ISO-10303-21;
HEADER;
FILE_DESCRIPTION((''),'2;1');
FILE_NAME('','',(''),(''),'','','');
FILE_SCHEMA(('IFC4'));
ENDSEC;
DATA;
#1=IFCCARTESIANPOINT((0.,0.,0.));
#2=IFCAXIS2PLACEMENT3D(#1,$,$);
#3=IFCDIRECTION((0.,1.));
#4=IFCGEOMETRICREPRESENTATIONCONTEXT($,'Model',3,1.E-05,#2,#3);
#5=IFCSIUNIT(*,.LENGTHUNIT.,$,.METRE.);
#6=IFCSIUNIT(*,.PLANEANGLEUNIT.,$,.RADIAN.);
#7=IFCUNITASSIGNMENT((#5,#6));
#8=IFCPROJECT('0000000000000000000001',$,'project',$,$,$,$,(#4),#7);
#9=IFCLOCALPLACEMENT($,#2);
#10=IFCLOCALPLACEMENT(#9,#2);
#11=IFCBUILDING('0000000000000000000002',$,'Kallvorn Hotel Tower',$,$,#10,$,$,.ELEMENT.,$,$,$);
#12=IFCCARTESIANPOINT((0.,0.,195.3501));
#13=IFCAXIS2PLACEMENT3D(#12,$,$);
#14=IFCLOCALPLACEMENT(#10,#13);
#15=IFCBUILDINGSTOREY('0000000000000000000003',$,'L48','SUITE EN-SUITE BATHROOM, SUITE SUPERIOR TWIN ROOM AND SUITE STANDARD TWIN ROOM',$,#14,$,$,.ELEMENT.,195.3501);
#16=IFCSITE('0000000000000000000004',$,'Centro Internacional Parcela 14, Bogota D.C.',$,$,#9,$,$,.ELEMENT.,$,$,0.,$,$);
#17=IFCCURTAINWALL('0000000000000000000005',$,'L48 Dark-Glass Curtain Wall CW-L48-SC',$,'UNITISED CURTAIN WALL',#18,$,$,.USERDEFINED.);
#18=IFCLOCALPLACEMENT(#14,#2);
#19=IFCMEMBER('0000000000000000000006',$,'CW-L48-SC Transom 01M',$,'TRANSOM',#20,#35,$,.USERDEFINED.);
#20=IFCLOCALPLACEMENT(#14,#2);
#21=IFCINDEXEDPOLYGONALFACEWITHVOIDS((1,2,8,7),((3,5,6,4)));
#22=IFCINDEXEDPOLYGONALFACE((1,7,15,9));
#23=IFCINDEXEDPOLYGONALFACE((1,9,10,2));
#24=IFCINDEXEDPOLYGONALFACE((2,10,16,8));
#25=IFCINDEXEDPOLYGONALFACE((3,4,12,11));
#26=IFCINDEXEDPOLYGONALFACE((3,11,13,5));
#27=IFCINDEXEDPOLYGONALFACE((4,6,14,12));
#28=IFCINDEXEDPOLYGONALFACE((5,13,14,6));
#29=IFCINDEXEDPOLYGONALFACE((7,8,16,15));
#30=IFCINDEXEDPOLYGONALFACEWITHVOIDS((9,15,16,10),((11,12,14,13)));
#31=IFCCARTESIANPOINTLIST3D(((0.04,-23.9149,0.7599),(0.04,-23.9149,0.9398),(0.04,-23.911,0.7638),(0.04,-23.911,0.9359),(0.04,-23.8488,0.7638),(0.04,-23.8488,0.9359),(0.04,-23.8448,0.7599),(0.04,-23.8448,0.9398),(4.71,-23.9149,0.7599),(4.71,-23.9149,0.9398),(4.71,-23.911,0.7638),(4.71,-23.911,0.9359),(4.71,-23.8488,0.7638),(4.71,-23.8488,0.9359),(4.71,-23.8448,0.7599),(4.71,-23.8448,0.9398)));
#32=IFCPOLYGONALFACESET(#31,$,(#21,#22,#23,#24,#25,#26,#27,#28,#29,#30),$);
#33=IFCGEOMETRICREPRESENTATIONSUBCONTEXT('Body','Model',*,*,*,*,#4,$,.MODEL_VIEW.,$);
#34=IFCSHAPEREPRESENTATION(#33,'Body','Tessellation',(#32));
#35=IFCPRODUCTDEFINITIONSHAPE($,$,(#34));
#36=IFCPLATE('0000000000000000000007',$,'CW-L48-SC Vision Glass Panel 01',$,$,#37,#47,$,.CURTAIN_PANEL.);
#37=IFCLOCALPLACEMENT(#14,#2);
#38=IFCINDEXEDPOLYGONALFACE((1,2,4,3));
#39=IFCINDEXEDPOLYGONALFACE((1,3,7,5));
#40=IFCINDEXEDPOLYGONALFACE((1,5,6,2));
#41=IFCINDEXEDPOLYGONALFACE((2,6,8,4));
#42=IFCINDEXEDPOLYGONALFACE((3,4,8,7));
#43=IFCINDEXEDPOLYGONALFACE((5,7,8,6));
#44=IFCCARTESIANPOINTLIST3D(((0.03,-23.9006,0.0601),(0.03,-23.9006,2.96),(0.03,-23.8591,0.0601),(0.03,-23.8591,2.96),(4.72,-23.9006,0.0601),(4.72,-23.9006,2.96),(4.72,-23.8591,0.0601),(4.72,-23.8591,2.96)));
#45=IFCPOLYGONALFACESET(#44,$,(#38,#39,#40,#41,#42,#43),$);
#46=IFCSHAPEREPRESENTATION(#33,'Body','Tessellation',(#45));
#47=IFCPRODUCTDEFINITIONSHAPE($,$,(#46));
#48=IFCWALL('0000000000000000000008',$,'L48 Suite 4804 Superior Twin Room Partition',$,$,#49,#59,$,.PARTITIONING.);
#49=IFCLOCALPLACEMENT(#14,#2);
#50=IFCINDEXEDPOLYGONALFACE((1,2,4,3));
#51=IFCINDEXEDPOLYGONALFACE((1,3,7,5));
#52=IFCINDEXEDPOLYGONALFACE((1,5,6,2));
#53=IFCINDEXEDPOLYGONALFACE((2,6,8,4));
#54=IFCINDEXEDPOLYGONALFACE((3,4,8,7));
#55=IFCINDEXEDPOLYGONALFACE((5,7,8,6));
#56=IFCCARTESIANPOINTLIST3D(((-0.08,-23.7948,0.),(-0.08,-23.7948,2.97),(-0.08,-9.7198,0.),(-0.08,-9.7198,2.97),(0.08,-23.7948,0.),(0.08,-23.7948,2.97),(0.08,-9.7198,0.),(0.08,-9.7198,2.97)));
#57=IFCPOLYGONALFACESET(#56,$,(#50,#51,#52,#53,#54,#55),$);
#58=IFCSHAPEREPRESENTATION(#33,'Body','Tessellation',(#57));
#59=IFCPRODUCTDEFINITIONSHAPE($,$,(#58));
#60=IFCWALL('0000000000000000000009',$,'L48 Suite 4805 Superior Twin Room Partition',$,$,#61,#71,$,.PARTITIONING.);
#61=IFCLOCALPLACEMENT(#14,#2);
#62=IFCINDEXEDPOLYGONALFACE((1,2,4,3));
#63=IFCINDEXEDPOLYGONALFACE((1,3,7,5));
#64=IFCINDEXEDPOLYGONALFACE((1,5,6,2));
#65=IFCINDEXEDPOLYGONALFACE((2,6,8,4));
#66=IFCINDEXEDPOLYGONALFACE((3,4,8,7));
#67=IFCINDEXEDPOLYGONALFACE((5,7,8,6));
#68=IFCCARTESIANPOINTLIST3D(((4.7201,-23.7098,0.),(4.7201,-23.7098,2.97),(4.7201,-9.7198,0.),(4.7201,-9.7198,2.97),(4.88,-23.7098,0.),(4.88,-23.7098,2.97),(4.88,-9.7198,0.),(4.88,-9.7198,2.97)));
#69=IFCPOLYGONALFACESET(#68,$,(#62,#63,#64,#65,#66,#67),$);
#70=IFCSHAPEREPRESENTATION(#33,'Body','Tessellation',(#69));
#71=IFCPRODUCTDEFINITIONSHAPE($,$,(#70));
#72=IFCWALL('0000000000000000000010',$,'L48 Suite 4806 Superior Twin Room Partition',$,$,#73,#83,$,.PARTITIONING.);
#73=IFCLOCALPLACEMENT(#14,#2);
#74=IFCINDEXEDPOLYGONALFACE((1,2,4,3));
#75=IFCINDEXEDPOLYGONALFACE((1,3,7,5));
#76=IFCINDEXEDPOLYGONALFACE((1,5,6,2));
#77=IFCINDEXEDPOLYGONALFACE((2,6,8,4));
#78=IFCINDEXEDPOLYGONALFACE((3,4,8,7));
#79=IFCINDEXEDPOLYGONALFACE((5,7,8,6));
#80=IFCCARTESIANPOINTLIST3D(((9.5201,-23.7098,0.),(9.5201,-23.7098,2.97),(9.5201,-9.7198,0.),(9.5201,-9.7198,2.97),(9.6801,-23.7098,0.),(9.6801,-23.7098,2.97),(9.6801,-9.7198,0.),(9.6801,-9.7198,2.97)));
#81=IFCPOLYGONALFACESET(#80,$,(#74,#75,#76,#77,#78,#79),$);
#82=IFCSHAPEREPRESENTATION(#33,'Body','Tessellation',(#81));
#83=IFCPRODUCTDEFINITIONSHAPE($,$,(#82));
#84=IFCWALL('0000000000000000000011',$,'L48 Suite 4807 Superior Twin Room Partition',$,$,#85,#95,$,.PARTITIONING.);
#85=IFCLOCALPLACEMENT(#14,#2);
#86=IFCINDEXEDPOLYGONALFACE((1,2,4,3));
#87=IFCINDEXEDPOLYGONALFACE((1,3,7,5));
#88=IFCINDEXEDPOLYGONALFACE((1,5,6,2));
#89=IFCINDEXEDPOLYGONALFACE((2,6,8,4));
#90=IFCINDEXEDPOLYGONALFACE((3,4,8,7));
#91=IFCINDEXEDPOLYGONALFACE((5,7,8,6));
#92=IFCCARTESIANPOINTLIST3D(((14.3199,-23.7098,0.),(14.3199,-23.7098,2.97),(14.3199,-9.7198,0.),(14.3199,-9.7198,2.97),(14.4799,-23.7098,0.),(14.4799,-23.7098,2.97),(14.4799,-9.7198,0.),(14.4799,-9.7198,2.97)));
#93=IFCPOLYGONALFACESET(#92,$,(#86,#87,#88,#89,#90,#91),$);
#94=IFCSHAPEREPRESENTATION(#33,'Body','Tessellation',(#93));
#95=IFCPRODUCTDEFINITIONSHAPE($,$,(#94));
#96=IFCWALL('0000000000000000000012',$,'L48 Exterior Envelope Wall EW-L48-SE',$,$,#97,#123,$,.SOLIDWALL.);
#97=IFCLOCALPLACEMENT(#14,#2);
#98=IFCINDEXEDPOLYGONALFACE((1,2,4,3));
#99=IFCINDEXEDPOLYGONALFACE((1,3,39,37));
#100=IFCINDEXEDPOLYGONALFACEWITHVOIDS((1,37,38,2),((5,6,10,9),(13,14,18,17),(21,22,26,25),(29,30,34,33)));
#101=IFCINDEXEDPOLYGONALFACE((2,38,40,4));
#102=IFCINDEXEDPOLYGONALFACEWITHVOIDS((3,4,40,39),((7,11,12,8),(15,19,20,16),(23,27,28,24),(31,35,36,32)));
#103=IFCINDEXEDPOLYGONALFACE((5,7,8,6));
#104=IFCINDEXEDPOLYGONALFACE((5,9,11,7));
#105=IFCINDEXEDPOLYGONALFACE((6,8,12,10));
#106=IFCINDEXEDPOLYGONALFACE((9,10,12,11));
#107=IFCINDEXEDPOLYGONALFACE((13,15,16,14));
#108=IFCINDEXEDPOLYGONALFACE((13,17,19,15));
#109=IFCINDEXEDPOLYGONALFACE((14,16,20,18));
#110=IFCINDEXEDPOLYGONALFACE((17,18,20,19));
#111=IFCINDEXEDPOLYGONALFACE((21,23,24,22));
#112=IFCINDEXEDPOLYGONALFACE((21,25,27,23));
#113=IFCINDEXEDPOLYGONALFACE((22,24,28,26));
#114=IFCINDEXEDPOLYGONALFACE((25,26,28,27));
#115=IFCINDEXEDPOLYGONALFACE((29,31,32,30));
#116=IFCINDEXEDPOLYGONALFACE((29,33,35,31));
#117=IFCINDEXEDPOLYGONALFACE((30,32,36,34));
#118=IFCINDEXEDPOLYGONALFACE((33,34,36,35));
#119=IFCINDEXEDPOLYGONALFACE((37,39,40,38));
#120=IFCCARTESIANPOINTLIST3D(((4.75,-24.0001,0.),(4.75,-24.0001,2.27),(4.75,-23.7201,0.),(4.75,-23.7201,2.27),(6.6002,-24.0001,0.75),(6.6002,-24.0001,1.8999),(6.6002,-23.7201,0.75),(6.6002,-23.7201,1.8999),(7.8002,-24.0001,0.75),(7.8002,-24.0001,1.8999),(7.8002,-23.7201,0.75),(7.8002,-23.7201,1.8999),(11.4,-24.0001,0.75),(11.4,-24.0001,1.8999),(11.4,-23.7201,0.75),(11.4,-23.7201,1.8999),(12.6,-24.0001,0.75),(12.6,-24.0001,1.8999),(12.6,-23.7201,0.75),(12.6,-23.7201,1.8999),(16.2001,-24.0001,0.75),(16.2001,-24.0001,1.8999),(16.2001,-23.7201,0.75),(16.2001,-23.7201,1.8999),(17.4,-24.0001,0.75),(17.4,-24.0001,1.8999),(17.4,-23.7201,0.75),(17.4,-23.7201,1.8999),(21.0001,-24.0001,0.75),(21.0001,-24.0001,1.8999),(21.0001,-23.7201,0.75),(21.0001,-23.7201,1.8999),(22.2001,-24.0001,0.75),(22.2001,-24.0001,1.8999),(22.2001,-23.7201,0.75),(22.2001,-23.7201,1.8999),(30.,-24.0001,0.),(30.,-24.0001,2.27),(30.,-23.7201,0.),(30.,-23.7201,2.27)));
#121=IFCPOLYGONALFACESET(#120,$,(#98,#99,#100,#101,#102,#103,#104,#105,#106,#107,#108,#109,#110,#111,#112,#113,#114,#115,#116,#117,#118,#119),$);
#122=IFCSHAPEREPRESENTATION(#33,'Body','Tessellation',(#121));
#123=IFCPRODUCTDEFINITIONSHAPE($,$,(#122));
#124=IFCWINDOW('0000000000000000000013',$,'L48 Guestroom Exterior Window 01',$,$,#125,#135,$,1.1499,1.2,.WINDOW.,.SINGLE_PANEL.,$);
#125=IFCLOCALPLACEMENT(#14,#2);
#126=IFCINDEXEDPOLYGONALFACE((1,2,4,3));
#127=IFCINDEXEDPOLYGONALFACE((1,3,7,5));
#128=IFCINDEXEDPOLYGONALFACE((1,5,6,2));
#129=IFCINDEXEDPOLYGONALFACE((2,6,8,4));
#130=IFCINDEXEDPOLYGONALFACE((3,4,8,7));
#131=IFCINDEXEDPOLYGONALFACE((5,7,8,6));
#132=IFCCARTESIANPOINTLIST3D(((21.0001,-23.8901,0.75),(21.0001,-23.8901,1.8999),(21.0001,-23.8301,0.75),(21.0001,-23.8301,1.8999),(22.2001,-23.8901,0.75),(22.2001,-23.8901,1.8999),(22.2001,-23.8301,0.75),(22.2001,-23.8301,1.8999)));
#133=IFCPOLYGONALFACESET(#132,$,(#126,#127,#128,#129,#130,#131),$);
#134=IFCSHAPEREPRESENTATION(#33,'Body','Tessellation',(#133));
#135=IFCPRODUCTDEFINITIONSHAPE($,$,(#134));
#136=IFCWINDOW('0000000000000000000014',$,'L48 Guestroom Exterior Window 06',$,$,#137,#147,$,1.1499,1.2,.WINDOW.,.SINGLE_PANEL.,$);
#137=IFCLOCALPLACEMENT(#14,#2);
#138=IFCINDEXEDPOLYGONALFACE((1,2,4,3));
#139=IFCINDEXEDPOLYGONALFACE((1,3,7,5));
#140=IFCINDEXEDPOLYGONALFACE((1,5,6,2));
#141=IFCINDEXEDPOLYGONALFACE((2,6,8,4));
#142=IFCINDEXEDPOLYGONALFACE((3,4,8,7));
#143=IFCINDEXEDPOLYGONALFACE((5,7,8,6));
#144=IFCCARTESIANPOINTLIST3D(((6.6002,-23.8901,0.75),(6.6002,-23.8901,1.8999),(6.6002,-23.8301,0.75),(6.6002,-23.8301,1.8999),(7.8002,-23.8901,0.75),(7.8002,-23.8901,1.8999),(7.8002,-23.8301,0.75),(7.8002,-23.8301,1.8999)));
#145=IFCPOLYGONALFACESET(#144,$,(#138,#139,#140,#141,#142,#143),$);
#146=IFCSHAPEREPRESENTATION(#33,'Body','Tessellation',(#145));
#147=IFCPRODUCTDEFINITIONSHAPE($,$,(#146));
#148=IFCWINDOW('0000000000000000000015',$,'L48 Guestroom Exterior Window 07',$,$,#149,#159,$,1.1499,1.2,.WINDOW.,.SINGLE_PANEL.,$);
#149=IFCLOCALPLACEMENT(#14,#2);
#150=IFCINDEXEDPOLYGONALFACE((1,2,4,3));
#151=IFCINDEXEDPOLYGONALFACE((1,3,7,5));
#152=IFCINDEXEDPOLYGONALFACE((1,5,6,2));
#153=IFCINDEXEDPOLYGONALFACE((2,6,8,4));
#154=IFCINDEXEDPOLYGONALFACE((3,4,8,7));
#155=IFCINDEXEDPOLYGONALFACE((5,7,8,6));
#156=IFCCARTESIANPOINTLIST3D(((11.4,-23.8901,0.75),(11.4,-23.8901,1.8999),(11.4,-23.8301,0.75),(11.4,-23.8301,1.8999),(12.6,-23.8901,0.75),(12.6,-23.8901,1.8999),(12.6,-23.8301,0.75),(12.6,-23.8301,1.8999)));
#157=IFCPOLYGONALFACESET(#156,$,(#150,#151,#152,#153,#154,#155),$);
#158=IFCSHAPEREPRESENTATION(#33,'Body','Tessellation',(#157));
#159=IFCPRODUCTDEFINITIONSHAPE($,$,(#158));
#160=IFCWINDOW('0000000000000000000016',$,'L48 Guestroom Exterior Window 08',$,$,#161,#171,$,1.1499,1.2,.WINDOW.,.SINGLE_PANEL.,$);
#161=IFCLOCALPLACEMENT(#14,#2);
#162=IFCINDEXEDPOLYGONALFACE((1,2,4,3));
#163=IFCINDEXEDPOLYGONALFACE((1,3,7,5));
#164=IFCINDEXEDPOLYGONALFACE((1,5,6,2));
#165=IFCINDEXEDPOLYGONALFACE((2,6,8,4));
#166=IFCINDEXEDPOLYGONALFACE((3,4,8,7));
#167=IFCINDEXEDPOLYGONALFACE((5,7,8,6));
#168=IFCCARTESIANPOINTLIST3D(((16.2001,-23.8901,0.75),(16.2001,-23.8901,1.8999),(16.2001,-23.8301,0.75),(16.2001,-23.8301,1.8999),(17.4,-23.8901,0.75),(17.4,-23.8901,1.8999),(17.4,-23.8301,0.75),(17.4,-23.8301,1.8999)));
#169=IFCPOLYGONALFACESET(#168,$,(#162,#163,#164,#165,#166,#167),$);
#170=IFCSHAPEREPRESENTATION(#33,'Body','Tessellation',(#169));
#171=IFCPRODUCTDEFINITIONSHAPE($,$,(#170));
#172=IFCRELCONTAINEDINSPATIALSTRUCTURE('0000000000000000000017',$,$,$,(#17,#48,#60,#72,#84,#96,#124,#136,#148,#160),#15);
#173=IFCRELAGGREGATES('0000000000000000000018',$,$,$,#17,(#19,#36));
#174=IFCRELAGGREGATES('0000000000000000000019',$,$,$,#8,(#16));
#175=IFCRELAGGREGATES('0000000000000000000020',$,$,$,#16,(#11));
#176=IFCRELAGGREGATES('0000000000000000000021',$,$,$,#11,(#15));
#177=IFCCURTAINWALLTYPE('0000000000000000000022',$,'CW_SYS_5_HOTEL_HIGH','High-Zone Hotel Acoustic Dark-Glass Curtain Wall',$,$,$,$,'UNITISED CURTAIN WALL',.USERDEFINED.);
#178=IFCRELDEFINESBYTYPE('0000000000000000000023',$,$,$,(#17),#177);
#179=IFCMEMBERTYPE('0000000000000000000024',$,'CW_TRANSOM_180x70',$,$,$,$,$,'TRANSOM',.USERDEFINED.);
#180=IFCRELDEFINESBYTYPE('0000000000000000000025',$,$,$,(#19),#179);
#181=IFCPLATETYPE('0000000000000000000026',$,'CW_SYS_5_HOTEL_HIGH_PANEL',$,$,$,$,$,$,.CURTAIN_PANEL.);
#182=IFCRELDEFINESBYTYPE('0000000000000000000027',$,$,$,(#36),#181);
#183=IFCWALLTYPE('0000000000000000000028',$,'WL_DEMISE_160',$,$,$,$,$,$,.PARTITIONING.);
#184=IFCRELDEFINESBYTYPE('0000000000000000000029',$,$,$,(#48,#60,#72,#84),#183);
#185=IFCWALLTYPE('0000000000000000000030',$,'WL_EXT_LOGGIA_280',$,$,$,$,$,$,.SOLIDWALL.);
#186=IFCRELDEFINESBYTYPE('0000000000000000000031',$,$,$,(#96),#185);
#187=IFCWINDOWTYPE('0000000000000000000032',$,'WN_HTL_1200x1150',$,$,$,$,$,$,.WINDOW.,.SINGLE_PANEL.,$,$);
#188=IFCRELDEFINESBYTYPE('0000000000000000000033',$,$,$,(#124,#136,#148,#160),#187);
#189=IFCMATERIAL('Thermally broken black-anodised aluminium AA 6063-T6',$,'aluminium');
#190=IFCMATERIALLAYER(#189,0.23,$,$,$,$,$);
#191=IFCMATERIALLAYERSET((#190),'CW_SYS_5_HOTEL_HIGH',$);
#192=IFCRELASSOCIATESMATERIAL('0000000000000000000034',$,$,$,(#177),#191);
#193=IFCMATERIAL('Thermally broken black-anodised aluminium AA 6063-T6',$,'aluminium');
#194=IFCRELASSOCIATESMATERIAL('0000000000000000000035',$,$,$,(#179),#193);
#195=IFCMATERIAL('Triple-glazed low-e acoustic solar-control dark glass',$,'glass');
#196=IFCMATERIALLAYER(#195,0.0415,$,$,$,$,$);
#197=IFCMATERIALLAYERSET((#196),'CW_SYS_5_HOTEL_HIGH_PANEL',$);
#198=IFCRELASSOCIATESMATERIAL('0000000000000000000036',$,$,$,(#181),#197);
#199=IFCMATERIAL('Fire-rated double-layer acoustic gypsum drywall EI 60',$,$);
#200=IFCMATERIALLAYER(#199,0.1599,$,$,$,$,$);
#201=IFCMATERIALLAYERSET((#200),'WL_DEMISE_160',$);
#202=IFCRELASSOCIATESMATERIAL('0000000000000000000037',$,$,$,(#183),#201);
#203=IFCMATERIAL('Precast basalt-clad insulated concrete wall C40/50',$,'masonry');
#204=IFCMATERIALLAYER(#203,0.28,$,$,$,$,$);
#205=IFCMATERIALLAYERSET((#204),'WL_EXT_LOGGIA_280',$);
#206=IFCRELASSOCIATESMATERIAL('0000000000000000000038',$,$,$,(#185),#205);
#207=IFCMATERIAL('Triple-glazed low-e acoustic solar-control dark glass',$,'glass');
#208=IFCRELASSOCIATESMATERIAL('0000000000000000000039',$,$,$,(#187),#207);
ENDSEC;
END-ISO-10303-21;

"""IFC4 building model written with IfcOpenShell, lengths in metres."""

from ifc_helpers import new_model, si_unit, direction, frame, frame_2d, origin, origin_2d, place, context, subcontext, project, spatial, rectangle, hollow_rectangle, extrude, material, layer, layer_set, material_profile, profile_set, type_object, element, fill, aggregate, save


model = new_model("IFC4")

# Units and contexts
model_context = context("Model", 3, precision=1e-05, world=origin(), true_north=direction((0.0, 1.0)))
body_context = subcontext(model_context, "Body", "Model", "MODEL_VIEW")
ifc_project = project(units=[si_unit("LENGTHUNIT", "METRE"), si_unit("PLANEANGLEUNIT", "RADIAN")], contexts=[model_context])

# Site, building, storey
site_placement = place(None, origin())
site = spatial("IfcSite", under=ifc_project, at=site_placement, Name="Centro Internacional Parcela 14, Bogota D.C.", CompositionType="ELEMENT", RefElevation=0.0)
building_placement = place(site_placement, origin())
building = spatial("IfcBuilding", under=site, at=building_placement, Name="Kallvorn Hotel Tower", CompositionType="ELEMENT")
storey_placement = place(building_placement, frame((0.0, 0.0, 195.3501)))
storey = spatial("IfcBuildingStorey", under=building, at=storey_placement, Name="L48", Description="SUITE EN-SUITE BATHROOM, SUITE SUPERIOR TWIN ROOM AND SUITE STANDARD TWIN ROOM", CompositionType="ELEMENT", Elevation=195.3501)

# Curtain wall, member, plate
ifc_material_1 = material(Name="Thermally broken black-anodised aluminium AA 6063-T6", Category="aluminium")
ifc_layer_1 = layer(ifc_material_1, 0.23)
ifc_layer_set_1 = layer_set([ifc_layer_1], Name="CW_SYS_5_HOTEL_HIGH")
curtain_wall_type = type_object("IfcCurtainWallType", Name="CW_SYS_5_HOTEL_HIGH", Description="High-Zone Hotel Acoustic Dark-Glass Curtain Wall", ElementType="UNITISED CURTAIN WALL", PredefinedType="USERDEFINED", material=ifc_layer_set_1)
curtain_wall_placement = place(storey_placement, origin())
curtain_wall = element("IfcCurtainWall", 1, at=curtain_wall_placement, inside=storey, type_object=curtain_wall_type, Name="L48 Dark-Glass Curtain Wall CW-L48-SC", ObjectType="UNITISED CURTAIN WALL", PredefinedType="USERDEFINED")
ifc_material_2 = material(Name="Thermally broken black-anodised aluminium AA 6063-T6", Category="aluminium")
ifc_material_profile_1 = material_profile(ifc_material_2, hollow_rectangle(XDim=0.0701, YDim=0.1799, WallThickness=0.0039, at=origin_2d()), Name="TRN 180x70")
ifc_profile_set_1 = profile_set([ifc_material_profile_1], Name="Thermally broken black-anodised aluminium AA 6063-T6")
member_type_1 = type_object("IfcMemberType", Name="CW_TRANSOM_180x70", ElementType="TRANSOM", PredefinedType="USERDEFINED", material=ifc_profile_set_1)
member_1_placement = place(storey_placement, frame((0.04, -23.8799, 0.8499), z_axis=(1.0, 0.0, 0.0), x_axis=(0.0, 1.0, 0.0)))
member_1 = element("IfcMember", 2, at=member_1_placement, type_object=member_type_1, Name="CW-L48-SC Transom 01M", ObjectType="TRANSOM", PredefinedType="USERDEFINED", context=body_context, shape_type="SweptSolid", body=[
    extrude(hollow_rectangle(XDim=0.0701, YDim=0.1799, WallThickness=0.0039, at=origin_2d()), origin(), (0.0, 0.0, 1.0), 4.6699),
])
ifc_material_3 = material(Name="Triple-glazed low-e acoustic solar-control dark glass", Category="glass")
ifc_layer_2 = layer(ifc_material_3, 0.0415)
ifc_layer_set_2 = layer_set([ifc_layer_2], Name="CW_SYS_5_HOTEL_HIGH_PANEL")
plate_type = type_object("IfcPlateType", Name="CW_SYS_5_HOTEL_HIGH_PANEL", PredefinedType="CURTAIN_PANEL", material=ifc_layer_set_2)
plate_placement = place(storey_placement, frame((2.375, -23.8799, 0.0601), z_axis=(0.0, 0.0, 1.0), x_axis=(1.0, 0.0, 0.0)))
plate = element("IfcPlate", 3, at=plate_placement, type_object=plate_type, Name="CW-L48-SC Vision Glass Panel 01", PredefinedType="CURTAIN_PANEL", context=body_context, shape_type="SweptSolid", body=[
    extrude(rectangle(XDim=4.6899, YDim=0.0415, at=origin_2d()), origin(), (0.0, 0.0, 1.0), 2.8999),
])
aggregate(curtain_wall, [member_1, plate])

# Walls
ifc_material_4 = material(Name="Fire-rated double-layer acoustic gypsum drywall EI 60")
ifc_layer_3 = layer(ifc_material_4, 0.1599)
ifc_layer_set_3 = layer_set([ifc_layer_3], Name="WL_DEMISE_160")
wall_type_1 = type_object("IfcWallType", Name="WL_DEMISE_160", PredefinedType="PARTITIONING", material=ifc_layer_set_3)
wall_1_placement = place(storey_placement, frame((0.0, -23.7949, 0.0), z_axis=(0.0, 0.0, 1.0), x_axis=(0.0, 1.0, 0.0)))
element("IfcWall", 4, at=wall_1_placement, inside=storey, type_object=wall_type_1, Name="L48 Suite 4804 Superior Twin Room Partition", PredefinedType="PARTITIONING", context=body_context, shape_type="SweptSolid", body=[
    extrude(rectangle(XDim=14.075, YDim=0.1599, at=frame_2d((7.0376, 0.0))), origin(), (0.0, 0.0, 1.0), 2.97),
])
for number, where, z_axis, x_axis, name in (
    (5, (4.8, -23.71, 0.0), (0.0, 0.0, 1.0), (0.0, 1.0, 0.0), "L48 Suite 4805 Superior Twin Room Partition"),
    (6, (9.6001, -23.71, 0.0), (0.0, 0.0, 1.0), (0.0, 1.0, 0.0), "L48 Suite 4806 Superior Twin Room Partition"),
    (7, (14.3999, -23.71, 0.0), (0.0, 0.0, 1.0), (0.0, 1.0, 0.0), "L48 Suite 4807 Superior Twin Room Partition"),
):
    element("IfcWall", number, at=place(storey_placement, frame(where, z_axis=z_axis, x_axis=x_axis)), inside=storey, type_object=wall_type_1, Name=name, PredefinedType="PARTITIONING", context=body_context, shape_type="SweptSolid", body=[
        extrude(rectangle(XDim=13.99, YDim=0.1599, at=frame_2d((6.9951, 0.0))), origin(), (0.0, 0.0, 1.0), 2.97),
    ])

# Wall, openings, windows
ifc_material_5 = material(Name="Precast basalt-clad insulated concrete wall C40/50", Category="masonry")
ifc_layer_4 = layer(ifc_material_5, 0.28)
ifc_layer_set_4 = layer_set([ifc_layer_4], Name="WL_EXT_LOGGIA_280")
wall_type_2 = type_object("IfcWallType", Name="WL_EXT_LOGGIA_280", PredefinedType="SOLIDWALL", material=ifc_layer_set_4)
wall_2_placement = place(storey_placement, frame((4.75, -23.8601, 0.0), z_axis=(0.0, 0.0, 1.0), x_axis=(1.0, 0.0, 0.0)))
wall_2 = element("IfcWall", 8, at=wall_2_placement, inside=storey, type_object=wall_type_2, Name="L48 Exterior Envelope Wall EW-L48-SE", PredefinedType="SOLIDWALL", context=body_context, shape_type="SweptSolid", body=[
    extrude(rectangle(XDim=25.25, YDim=0.28, at=frame_2d((12.625, 0.0))), origin(), (0.0, 0.0, 1.0), 2.27),
])
opening_1_placement = place(wall_2_placement, frame((16.25, 0.0, 0.75)))
opening_1 = element("IfcOpeningElement", 9, at=opening_1_placement, cuts=wall_2, PredefinedType="OPENING", context=body_context, shape_type="SweptSolid", body=[
    extrude(rectangle(XDim=1.2, YDim=1.1499, at=frame_2d((0.6001, 0.575))), frame((0.0, 0.155, 0.0), z_axis=(0.0, -1.0, 0.0), x_axis=(1.0, 0.0, 0.0)), (0.0, 0.0, 1.0), 0.3101),
])
opening_2_placement = place(wall_2_placement, frame((1.8501, 0.0, 0.75)))
opening_2 = element("IfcOpeningElement", 10, at=opening_2_placement, cuts=wall_2, PredefinedType="OPENING", context=body_context, shape_type="SweptSolid", body=[
    extrude(rectangle(XDim=1.2, YDim=1.1499, at=frame_2d((0.6001, 0.575))), frame((0.0, 0.155, 0.0), z_axis=(0.0, -1.0, 0.0), x_axis=(1.0, 0.0, 0.0)), (0.0, 0.0, 1.0), 0.3101),
])
opening_3_placement = place(wall_2_placement, frame((6.6499, 0.0, 0.75)))
opening_3 = element("IfcOpeningElement", 11, at=opening_3_placement, cuts=wall_2, PredefinedType="OPENING", context=body_context, shape_type="SweptSolid", body=[
    extrude(rectangle(XDim=1.2, YDim=1.1499, at=frame_2d((0.6001, 0.575))), frame((0.0, 0.155, 0.0), z_axis=(0.0, -1.0, 0.0), x_axis=(1.0, 0.0, 0.0)), (0.0, 0.0, 1.0), 0.3101),
])
opening_4_placement = place(wall_2_placement, frame((11.45, 0.0, 0.75)))
opening_4 = element("IfcOpeningElement", 12, at=opening_4_placement, cuts=wall_2, PredefinedType="OPENING", context=body_context, shape_type="SweptSolid", body=[
    extrude(rectangle(XDim=1.2, YDim=1.1499, at=frame_2d((0.6001, 0.575))), frame((0.0, 0.155, 0.0), z_axis=(0.0, -1.0, 0.0), x_axis=(1.0, 0.0, 0.0)), (0.0, 0.0, 1.0), 0.3101),
])
ifc_material_6 = material(Name="Triple-glazed low-e acoustic solar-control dark glass", Category="glass")
window_type = type_object("IfcWindowType", Name="WN_HTL_1200x1150", PartitioningType="SINGLE_PANEL", PredefinedType="WINDOW", material=ifc_material_6)
window_1_placement = place(opening_1_placement, origin())
window_1 = element("IfcWindow", 13, at=window_1_placement, inside=storey, type_object=window_type, Name="L48 Guestroom Exterior Window 01", OverallHeight=1.1499, OverallWidth=1.2, PartitioningType="SINGLE_PANEL", PredefinedType="WINDOW", context=body_context, shape_type="SweptSolid", body=[
    extrude(rectangle(XDim=1.2, YDim=1.1499, at=frame_2d((0.6001, 0.575))), frame((0.0, 0.03, 0.0), z_axis=(0.0, -1.0, 0.0), x_axis=(1.0, 0.0, 0.0)), (0.0, 0.0, 1.0), 0.0601),
])
fill(opening_1, window_1)
window_2_placement = place(opening_2_placement, origin())
window_2 = element("IfcWindow", 14, at=window_2_placement, inside=storey, type_object=window_type, Name="L48 Guestroom Exterior Window 06", OverallHeight=1.1499, OverallWidth=1.2, PartitioningType="SINGLE_PANEL", PredefinedType="WINDOW", context=body_context, shape_type="SweptSolid", body=[
    extrude(rectangle(XDim=1.2, YDim=1.1499, at=frame_2d((0.6001, 0.575))), frame((0.0, 0.03, 0.0), z_axis=(0.0, -1.0, 0.0), x_axis=(1.0, 0.0, 0.0)), (0.0, 0.0, 1.0), 0.0601),
])
fill(opening_2, window_2)
window_3_placement = place(opening_3_placement, origin())
window_3 = element("IfcWindow", 15, at=window_3_placement, inside=storey, type_object=window_type, Name="L48 Guestroom Exterior Window 07", OverallHeight=1.1499, OverallWidth=1.2, PartitioningType="SINGLE_PANEL", PredefinedType="WINDOW", context=body_context, shape_type="SweptSolid", body=[
    extrude(rectangle(XDim=1.2, YDim=1.1499, at=frame_2d((0.6001, 0.575))), frame((0.0, 0.03, 0.0), z_axis=(0.0, -1.0, 0.0), x_axis=(1.0, 0.0, 0.0)), (0.0, 0.0, 1.0), 0.0601),
])
fill(opening_3, window_3)
window_4_placement = place(opening_4_placement, origin())
window_4 = element("IfcWindow", 16, at=window_4_placement, inside=storey, type_object=window_type, Name="L48 Guestroom Exterior Window 08", OverallHeight=1.1499, OverallWidth=1.2, PartitioningType="SINGLE_PANEL", PredefinedType="WINDOW", context=body_context, shape_type="SweptSolid", body=[
    extrude(rectangle(XDim=1.2, YDim=1.1499, at=frame_2d((0.6001, 0.575))), frame((0.0, 0.03, 0.0), z_axis=(0.0, -1.0, 0.0), x_axis=(1.0, 0.0, 0.0)), (0.0, 0.0, 1.0), 0.0601),
])
fill(opening_4, window_4)

save(model, "model.ifc")
